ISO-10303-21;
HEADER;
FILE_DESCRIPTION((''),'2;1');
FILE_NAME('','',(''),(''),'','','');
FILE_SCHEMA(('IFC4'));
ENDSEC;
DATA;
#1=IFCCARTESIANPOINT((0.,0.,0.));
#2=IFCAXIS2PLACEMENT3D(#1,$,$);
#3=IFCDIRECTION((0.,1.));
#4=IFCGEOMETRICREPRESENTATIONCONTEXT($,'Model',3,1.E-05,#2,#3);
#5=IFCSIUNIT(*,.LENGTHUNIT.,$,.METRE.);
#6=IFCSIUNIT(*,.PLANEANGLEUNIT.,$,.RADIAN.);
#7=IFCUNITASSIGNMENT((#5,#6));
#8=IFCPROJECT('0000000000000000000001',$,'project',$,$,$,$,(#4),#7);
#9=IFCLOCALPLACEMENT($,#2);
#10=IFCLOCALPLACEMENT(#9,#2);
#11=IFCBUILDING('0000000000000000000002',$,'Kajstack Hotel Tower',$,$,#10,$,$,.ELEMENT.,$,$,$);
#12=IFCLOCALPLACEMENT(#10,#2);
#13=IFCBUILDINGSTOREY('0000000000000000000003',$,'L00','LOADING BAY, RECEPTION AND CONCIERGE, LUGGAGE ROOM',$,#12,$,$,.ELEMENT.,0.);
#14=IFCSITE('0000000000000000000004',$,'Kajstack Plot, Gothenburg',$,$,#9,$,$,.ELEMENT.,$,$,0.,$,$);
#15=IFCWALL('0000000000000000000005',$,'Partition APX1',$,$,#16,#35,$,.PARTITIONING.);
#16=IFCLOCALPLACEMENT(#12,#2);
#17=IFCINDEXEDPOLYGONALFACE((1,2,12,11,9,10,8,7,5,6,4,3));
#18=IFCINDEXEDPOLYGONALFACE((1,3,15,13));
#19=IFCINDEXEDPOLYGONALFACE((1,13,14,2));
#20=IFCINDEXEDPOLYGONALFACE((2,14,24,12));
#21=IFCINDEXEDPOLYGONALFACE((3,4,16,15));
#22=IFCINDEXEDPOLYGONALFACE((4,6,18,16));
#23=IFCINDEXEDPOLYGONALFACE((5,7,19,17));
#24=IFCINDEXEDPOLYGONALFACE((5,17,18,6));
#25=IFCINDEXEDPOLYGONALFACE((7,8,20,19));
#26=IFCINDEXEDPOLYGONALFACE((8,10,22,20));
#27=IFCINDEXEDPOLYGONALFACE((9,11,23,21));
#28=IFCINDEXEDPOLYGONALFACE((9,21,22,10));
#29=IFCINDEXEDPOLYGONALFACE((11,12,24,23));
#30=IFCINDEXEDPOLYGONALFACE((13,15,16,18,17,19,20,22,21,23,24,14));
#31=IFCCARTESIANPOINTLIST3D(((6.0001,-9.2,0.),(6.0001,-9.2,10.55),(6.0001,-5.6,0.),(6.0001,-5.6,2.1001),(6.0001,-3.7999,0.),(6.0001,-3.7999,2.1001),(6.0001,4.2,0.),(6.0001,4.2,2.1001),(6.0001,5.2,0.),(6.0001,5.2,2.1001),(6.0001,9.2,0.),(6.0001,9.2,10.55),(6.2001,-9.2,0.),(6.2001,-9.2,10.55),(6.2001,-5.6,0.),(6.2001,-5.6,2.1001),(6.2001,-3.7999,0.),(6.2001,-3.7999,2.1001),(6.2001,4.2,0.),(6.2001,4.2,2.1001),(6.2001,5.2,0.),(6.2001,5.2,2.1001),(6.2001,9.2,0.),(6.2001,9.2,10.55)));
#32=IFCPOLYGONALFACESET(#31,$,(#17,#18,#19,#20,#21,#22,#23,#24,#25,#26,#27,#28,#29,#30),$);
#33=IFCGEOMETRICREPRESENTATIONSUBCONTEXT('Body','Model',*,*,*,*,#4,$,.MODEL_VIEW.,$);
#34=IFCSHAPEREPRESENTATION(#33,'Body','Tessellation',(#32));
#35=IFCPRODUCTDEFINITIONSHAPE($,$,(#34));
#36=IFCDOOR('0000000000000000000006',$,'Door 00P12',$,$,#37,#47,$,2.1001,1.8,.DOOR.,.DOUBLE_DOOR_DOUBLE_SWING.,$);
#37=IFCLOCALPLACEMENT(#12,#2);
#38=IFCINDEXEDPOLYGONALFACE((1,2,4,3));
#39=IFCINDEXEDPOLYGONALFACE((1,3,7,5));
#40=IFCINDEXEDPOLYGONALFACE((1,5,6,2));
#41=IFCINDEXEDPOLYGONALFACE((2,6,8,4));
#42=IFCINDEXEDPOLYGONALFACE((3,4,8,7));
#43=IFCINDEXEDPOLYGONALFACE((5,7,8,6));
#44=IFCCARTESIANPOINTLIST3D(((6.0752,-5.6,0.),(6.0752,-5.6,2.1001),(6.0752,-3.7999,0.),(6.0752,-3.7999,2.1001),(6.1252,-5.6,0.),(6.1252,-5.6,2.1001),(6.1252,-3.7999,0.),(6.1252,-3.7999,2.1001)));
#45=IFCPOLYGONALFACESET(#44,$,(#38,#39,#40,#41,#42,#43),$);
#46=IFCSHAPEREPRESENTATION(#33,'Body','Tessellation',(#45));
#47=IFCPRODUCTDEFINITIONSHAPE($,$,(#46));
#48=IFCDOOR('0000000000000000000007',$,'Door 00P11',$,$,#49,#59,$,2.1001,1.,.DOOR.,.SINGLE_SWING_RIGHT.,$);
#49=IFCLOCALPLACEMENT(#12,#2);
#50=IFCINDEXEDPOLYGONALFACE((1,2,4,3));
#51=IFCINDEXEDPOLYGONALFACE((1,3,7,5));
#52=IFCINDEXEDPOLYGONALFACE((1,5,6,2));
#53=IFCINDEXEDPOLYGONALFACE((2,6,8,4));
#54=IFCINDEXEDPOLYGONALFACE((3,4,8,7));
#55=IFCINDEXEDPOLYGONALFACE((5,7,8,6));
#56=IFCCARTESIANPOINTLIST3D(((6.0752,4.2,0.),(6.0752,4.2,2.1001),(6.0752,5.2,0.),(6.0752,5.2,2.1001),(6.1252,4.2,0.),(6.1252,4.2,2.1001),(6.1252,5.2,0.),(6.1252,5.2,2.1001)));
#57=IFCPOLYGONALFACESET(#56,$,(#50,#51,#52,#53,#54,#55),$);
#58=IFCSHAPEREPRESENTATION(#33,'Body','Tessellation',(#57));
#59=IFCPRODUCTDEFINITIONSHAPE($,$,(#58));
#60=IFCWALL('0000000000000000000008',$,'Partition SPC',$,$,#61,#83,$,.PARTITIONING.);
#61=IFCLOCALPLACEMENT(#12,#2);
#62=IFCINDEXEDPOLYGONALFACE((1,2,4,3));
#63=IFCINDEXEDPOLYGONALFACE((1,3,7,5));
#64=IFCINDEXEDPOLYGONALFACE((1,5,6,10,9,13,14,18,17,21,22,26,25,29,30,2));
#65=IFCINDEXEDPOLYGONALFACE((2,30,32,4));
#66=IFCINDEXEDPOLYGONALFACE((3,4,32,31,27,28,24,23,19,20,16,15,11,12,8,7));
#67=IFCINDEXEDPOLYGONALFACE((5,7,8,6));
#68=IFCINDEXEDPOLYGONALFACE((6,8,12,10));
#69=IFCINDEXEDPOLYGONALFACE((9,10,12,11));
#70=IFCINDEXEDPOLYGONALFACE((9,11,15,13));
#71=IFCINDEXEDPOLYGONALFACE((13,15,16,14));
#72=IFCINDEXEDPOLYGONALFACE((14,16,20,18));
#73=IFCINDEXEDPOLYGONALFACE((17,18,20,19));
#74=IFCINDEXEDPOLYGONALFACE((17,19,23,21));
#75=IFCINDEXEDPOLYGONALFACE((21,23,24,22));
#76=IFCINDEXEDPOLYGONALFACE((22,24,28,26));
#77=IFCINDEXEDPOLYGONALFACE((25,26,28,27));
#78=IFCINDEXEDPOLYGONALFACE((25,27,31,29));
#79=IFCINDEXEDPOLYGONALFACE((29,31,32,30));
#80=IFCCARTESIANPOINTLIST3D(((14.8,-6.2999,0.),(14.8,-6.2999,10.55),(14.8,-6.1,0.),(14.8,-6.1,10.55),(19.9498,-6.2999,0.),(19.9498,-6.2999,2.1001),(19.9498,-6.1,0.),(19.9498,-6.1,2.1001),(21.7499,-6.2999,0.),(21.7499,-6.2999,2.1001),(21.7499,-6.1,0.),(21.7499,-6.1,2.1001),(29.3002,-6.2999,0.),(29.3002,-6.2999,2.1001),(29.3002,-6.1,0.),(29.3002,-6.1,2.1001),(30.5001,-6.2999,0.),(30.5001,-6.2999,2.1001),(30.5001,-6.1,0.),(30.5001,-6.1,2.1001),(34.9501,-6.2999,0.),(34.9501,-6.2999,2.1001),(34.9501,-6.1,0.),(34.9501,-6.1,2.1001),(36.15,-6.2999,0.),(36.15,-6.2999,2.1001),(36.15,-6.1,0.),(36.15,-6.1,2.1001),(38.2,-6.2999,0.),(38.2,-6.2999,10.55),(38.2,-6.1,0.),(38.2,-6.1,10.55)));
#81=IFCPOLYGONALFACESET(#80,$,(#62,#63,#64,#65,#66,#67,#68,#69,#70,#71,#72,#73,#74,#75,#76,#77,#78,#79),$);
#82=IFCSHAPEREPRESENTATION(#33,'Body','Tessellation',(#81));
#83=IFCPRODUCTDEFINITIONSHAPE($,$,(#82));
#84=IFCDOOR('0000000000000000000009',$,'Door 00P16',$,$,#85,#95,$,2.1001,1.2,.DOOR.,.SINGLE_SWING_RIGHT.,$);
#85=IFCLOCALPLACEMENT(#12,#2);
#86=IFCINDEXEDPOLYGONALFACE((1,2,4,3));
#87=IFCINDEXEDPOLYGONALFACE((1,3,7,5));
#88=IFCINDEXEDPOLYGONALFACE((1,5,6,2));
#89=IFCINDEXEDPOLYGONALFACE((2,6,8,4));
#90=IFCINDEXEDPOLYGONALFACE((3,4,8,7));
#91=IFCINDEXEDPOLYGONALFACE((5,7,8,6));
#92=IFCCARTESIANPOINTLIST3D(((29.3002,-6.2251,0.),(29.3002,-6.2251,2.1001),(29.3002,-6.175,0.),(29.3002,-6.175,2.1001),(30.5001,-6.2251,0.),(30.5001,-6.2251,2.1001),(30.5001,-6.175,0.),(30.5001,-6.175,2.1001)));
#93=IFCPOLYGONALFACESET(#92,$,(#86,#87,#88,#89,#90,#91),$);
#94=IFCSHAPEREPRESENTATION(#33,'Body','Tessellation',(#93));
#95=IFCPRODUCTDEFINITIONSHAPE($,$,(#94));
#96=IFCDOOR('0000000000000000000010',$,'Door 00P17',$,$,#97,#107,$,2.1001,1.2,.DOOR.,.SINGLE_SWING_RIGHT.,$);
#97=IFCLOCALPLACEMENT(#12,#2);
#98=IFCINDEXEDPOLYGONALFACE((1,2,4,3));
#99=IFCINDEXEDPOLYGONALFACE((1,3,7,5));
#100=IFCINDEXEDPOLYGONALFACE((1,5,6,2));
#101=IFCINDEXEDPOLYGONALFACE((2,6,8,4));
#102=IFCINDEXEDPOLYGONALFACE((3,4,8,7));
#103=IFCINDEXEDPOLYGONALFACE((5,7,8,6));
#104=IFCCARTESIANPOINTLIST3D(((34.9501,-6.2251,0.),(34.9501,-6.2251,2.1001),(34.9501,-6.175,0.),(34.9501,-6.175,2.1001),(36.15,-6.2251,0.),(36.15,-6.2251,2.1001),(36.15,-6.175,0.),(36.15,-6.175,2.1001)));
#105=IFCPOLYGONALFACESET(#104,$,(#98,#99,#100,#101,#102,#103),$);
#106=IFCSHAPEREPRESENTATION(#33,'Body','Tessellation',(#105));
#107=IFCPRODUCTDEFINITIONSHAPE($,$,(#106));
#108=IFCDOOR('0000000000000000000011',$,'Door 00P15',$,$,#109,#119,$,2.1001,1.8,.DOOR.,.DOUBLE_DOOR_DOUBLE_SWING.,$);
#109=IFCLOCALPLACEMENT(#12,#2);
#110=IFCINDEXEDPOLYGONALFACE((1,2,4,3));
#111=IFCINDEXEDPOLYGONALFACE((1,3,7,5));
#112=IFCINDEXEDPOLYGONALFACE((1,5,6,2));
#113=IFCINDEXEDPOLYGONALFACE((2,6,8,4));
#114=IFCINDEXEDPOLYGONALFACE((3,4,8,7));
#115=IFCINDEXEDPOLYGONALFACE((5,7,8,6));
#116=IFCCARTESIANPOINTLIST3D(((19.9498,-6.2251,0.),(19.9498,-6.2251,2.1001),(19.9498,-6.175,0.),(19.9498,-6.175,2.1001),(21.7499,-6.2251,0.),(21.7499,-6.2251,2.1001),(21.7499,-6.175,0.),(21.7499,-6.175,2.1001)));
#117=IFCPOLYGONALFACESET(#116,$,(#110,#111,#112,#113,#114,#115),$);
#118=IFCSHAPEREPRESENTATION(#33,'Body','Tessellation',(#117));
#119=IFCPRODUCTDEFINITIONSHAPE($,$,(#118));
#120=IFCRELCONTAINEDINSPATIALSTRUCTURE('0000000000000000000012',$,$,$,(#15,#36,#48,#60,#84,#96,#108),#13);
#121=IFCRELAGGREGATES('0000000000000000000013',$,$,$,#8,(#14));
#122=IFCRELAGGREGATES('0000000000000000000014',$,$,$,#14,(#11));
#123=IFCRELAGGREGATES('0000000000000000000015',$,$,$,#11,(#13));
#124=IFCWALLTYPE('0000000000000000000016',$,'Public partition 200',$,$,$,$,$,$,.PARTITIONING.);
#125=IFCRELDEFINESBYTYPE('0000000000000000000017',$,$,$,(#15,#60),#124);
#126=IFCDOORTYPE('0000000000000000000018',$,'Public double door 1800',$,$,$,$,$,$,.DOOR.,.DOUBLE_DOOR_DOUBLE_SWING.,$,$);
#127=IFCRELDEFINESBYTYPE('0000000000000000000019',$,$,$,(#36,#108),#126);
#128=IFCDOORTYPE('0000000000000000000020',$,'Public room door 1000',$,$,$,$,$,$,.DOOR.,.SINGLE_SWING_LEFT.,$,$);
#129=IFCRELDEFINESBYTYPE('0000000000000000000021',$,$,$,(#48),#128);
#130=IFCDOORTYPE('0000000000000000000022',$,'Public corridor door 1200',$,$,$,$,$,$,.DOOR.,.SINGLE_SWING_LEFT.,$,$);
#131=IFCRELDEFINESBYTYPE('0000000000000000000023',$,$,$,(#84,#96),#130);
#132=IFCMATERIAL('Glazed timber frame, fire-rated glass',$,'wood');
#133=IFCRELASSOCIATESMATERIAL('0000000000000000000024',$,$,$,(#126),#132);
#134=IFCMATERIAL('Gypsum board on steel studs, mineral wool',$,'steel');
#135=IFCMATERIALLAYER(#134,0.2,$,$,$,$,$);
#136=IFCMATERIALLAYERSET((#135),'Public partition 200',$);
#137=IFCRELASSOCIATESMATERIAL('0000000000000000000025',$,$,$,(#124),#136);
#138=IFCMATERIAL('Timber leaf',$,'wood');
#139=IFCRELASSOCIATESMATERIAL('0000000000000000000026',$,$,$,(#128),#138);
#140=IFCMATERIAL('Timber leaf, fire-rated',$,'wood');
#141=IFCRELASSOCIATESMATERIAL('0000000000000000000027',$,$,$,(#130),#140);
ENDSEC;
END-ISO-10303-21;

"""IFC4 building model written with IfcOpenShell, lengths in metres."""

from ifc_helpers import new_model, si_unit, direction, frame, frame_2d, origin, place, context, subcontext, project, spatial, rectangle, extrude, material, layer, layer_set, type_object, element, fill, save


model = new_model("IFC4")

# Units and contexts
model_context = context("Model", 3, precision=1e-05, world=origin(), true_north=direction((0.0, 1.0)))
body_context = subcontext(model_context, "Body", "Model", "MODEL_VIEW")
ifc_project = project(units=[si_unit("LENGTHUNIT", "METRE"), si_unit("PLANEANGLEUNIT", "RADIAN")], contexts=[model_context])

# Site, building, storey
site_placement = place(None, origin())
site = spatial("IfcSite", under=ifc_project, at=site_placement, Name="Kajstack Plot, Gothenburg", CompositionType="ELEMENT", RefElevation=0.0)
building_placement = place(site_placement, origin())
building = spatial("IfcBuilding", under=site, at=building_placement, Name="Kajstack Hotel Tower", CompositionType="ELEMENT")
storey_placement = place(building_placement, origin())
storey = spatial("IfcBuildingStorey", under=building, at=storey_placement, Name="L00", Description="LOADING BAY, RECEPTION AND CONCIERGE, LUGGAGE ROOM", CompositionType="ELEMENT", Elevation=0.0)

# Shared definitions
ifc_material_1 = material(Name="Glazed timber frame, fire-rated glass", Category="wood")
door_type_1 = type_object("IfcDoorType", Name="Public double door 1800", OperationType="DOUBLE_DOOR_DOUBLE_SWING", PredefinedType="DOOR", material=ifc_material_1)

# Walls, openings, doors
ifc_material_2 = material(Name="Gypsum board on steel studs, mineral wool", Category="steel")
ifc_layer_1 = layer(ifc_material_2, 0.2)
ifc_layer_set_1 = layer_set([ifc_layer_1], Name="Public partition 200")
wall_type_1 = type_object("IfcWallType", Name="Public partition 200", PredefinedType="PARTITIONING", material=ifc_layer_set_1)
wall_1_placement = place(storey_placement, frame((6.1001, -9.2, 0.0), z_axis=(0.0, 0.0, 1.0), x_axis=(0.0, 1.0, 0.0)))
wall_1 = element("IfcWall", 1, at=wall_1_placement, inside=storey, type_object=wall_type_1, Name="Partition APX1", PredefinedType="PARTITIONING", context=body_context, shape_type="SweptSolid", body=[
    extrude(rectangle(XDim=18.3999, YDim=0.2, at=frame_2d((9.2, 0.0))), origin(), (0.0, 0.0, 1.0), 10.55),
])
opening_1_placement = place(wall_1_placement, frame((13.3999, 0.0, 0.0)))
opening_1 = element("IfcOpeningElement", 2, at=opening_1_placement, cuts=wall_1, PredefinedType="OPENING", context=body_context, shape_type="SweptSolid", body=[
    extrude(rectangle(XDim=1.0, YDim=2.1001, at=frame_2d((0.5, 1.05))), frame((0.0, 0.1099, 0.0), z_axis=(0.0, -1.0, 0.0), x_axis=(1.0, 0.0, 0.0)), (0.0, 0.0, 1.0), 0.22),
])
opening_2_placement = place(wall_1_placement, frame((3.6001, 0.0, 0.0)))
opening_2 = element("IfcOpeningElement", 3, at=opening_2_placement, cuts=wall_1, PredefinedType="OPENING", context=body_context, shape_type="SweptSolid", body=[
    extrude(rectangle(XDim=1.8, YDim=2.1001, at=frame_2d((0.8999, 1.05))), frame((0.0, 0.1099, 0.0), z_axis=(0.0, -1.0, 0.0), x_axis=(1.0, 0.0, 0.0)), (0.0, 0.0, 1.0), 0.22),
])
door_1_placement = place(opening_2_placement, origin())
door_1 = element("IfcDoor", 4, at=door_1_placement, inside=storey, type_object=door_type_1, Name="Door 00P12", OperationType="DOUBLE_DOOR_DOUBLE_SWING", OverallHeight=2.1001, OverallWidth=1.8, PredefinedType="DOOR", context=body_context, shape_type="SweptSolid", body=[
    extrude(rectangle(XDim=1.8, YDim=2.1001, at=frame_2d((0.8999, 1.05))), frame((0.0, 0.0249, 0.0), z_axis=(0.0, -1.0, 0.0), x_axis=(1.0, 0.0, 0.0)), (0.0, 0.0, 1.0), 0.05),
])
fill(opening_2, door_1)
ifc_material_3 = material(Name="Timber leaf", Category="wood")
door_type_2 = type_object("IfcDoorType", Name="Public room door 1000", OperationType="SINGLE_SWING_LEFT", PredefinedType="DOOR", material=ifc_material_3)
door_2_placement = place(opening_1_placement, origin())
door_2 = element("IfcDoor", 5, at=door_2_placement, inside=storey, type_object=door_type_2, Name="Door 00P11", OperationType="SINGLE_SWING_RIGHT", OverallHeight=2.1001, OverallWidth=1.0, PredefinedType="DOOR", context=body_context, shape_type="SweptSolid", body=[
    extrude(rectangle(XDim=1.0, YDim=2.1001, at=frame_2d((0.5, 1.05))), frame((0.0, 0.0249, 0.0), z_axis=(0.0, -1.0, 0.0), x_axis=(1.0, 0.0, 0.0)), (0.0, 0.0, 1.0), 0.05),
])
fill(opening_1, door_2)
wall_2_placement = place(storey_placement, frame((14.8, -6.2, 0.0), z_axis=(0.0, 0.0, 1.0), x_axis=(1.0, 0.0, 0.0)))
wall_2 = element("IfcWall", 6, at=wall_2_placement, inside=storey, type_object=wall_type_1, Name="Partition SPC", PredefinedType="PARTITIONING", context=body_context, shape_type="SweptSolid", body=[
    extrude(rectangle(XDim=23.3999, YDim=0.2, at=frame_2d((11.7, 0.0))), origin(), (0.0, 0.0, 1.0), 10.55),
])
opening_3_placement = place(wall_2_placement, frame((5.1499, 0.0, 0.0)))
opening_3 = element("IfcOpeningElement", 7, at=opening_3_placement, cuts=wall_2, PredefinedType="OPENING", context=body_context, shape_type="SweptSolid", body=[
    extrude(rectangle(XDim=1.8, YDim=2.1001, at=frame_2d((0.8999, 1.05))), frame((0.0, 0.1099, 0.0), z_axis=(0.0, -1.0, 0.0), x_axis=(1.0, 0.0, 0.0)), (0.0, 0.0, 1.0), 0.22),
])
opening_4_placement = place(wall_2_placement, frame((14.5, 0.0, 0.0)))
opening_4 = element("IfcOpeningElement", 8, at=opening_4_placement, cuts=wall_2, PredefinedType="OPENING", context=body_context, shape_type="SweptSolid", body=[
    extrude(rectangle(XDim=1.2, YDim=2.1001, at=frame_2d((0.6001, 1.05))), frame((0.0, 0.1099, 0.0), z_axis=(0.0, -1.0, 0.0), x_axis=(1.0, 0.0, 0.0)), (0.0, 0.0, 1.0), 0.22),
])
opening_5_placement = place(wall_2_placement, frame((20.1499, 0.0, 0.0)))
opening_5 = element("IfcOpeningElement", 9, at=opening_5_placement, cuts=wall_2, PredefinedType="OPENING", context=body_context, shape_type="SweptSolid", body=[
    extrude(rectangle(XDim=1.2, YDim=2.1001, at=frame_2d((0.6001, 1.05))), frame((0.0, 0.1099, 0.0), z_axis=(0.0, -1.0, 0.0), x_axis=(1.0, 0.0, 0.0)), (0.0, 0.0, 1.0), 0.22),
])
ifc_material_4 = material(Name="Timber leaf, fire-rated", Category="wood")
door_type_3 = type_object("IfcDoorType", Name="Public corridor door 1200", OperationType="SINGLE_SWING_LEFT", PredefinedType="DOOR", material=ifc_material_4)
door_3_placement = place(opening_4_placement, origin())
door_3 = element("IfcDoor", 10, at=door_3_placement, inside=storey, type_object=door_type_3, Name="Door 00P16", OperationType="SINGLE_SWING_RIGHT", OverallHeight=2.1001, OverallWidth=1.2, PredefinedType="DOOR", context=body_context, shape_type="SweptSolid", body=[
    extrude(rectangle(XDim=1.2, YDim=2.1001, at=frame_2d((0.6001, 1.05))), frame((0.0, 0.0249, 0.0), z_axis=(0.0, -1.0, 0.0), x_axis=(1.0, 0.0, 0.0)), (0.0, 0.0, 1.0), 0.05),
])
fill(opening_4, door_3)
door_4_placement = place(opening_5_placement, origin())
door_4 = element("IfcDoor", 11, at=door_4_placement, inside=storey, type_object=door_type_3, Name="Door 00P17", OperationType="SINGLE_SWING_RIGHT", OverallHeight=2.1001, OverallWidth=1.2, PredefinedType="DOOR", context=body_context, shape_type="SweptSolid", body=[
    extrude(rectangle(XDim=1.2, YDim=2.1001, at=frame_2d((0.6001, 1.05))), frame((0.0, 0.0249, 0.0), z_axis=(0.0, -1.0, 0.0), x_axis=(1.0, 0.0, 0.0)), (0.0, 0.0, 1.0), 0.05),
])
fill(opening_5, door_4)
door_5_placement = place(opening_3_placement, origin())
door_5 = element("IfcDoor", 12, at=door_5_placement, inside=storey, type_object=door_type_1, Name="Door 00P15", OperationType="DOUBLE_DOOR_DOUBLE_SWING", OverallHeight=2.1001, OverallWidth=1.8, PredefinedType="DOOR", context=body_context, shape_type="SweptSolid", body=[
    extrude(rectangle(XDim=1.8, YDim=2.1001, at=frame_2d((0.8999, 1.05))), frame((0.0, 0.0249, 0.0), z_axis=(0.0, -1.0, 0.0), x_axis=(1.0, 0.0, 0.0)), (0.0, 0.0, 1.0), 0.05),
])
fill(opening_3, door_5)

save(model, "model.ifc")
